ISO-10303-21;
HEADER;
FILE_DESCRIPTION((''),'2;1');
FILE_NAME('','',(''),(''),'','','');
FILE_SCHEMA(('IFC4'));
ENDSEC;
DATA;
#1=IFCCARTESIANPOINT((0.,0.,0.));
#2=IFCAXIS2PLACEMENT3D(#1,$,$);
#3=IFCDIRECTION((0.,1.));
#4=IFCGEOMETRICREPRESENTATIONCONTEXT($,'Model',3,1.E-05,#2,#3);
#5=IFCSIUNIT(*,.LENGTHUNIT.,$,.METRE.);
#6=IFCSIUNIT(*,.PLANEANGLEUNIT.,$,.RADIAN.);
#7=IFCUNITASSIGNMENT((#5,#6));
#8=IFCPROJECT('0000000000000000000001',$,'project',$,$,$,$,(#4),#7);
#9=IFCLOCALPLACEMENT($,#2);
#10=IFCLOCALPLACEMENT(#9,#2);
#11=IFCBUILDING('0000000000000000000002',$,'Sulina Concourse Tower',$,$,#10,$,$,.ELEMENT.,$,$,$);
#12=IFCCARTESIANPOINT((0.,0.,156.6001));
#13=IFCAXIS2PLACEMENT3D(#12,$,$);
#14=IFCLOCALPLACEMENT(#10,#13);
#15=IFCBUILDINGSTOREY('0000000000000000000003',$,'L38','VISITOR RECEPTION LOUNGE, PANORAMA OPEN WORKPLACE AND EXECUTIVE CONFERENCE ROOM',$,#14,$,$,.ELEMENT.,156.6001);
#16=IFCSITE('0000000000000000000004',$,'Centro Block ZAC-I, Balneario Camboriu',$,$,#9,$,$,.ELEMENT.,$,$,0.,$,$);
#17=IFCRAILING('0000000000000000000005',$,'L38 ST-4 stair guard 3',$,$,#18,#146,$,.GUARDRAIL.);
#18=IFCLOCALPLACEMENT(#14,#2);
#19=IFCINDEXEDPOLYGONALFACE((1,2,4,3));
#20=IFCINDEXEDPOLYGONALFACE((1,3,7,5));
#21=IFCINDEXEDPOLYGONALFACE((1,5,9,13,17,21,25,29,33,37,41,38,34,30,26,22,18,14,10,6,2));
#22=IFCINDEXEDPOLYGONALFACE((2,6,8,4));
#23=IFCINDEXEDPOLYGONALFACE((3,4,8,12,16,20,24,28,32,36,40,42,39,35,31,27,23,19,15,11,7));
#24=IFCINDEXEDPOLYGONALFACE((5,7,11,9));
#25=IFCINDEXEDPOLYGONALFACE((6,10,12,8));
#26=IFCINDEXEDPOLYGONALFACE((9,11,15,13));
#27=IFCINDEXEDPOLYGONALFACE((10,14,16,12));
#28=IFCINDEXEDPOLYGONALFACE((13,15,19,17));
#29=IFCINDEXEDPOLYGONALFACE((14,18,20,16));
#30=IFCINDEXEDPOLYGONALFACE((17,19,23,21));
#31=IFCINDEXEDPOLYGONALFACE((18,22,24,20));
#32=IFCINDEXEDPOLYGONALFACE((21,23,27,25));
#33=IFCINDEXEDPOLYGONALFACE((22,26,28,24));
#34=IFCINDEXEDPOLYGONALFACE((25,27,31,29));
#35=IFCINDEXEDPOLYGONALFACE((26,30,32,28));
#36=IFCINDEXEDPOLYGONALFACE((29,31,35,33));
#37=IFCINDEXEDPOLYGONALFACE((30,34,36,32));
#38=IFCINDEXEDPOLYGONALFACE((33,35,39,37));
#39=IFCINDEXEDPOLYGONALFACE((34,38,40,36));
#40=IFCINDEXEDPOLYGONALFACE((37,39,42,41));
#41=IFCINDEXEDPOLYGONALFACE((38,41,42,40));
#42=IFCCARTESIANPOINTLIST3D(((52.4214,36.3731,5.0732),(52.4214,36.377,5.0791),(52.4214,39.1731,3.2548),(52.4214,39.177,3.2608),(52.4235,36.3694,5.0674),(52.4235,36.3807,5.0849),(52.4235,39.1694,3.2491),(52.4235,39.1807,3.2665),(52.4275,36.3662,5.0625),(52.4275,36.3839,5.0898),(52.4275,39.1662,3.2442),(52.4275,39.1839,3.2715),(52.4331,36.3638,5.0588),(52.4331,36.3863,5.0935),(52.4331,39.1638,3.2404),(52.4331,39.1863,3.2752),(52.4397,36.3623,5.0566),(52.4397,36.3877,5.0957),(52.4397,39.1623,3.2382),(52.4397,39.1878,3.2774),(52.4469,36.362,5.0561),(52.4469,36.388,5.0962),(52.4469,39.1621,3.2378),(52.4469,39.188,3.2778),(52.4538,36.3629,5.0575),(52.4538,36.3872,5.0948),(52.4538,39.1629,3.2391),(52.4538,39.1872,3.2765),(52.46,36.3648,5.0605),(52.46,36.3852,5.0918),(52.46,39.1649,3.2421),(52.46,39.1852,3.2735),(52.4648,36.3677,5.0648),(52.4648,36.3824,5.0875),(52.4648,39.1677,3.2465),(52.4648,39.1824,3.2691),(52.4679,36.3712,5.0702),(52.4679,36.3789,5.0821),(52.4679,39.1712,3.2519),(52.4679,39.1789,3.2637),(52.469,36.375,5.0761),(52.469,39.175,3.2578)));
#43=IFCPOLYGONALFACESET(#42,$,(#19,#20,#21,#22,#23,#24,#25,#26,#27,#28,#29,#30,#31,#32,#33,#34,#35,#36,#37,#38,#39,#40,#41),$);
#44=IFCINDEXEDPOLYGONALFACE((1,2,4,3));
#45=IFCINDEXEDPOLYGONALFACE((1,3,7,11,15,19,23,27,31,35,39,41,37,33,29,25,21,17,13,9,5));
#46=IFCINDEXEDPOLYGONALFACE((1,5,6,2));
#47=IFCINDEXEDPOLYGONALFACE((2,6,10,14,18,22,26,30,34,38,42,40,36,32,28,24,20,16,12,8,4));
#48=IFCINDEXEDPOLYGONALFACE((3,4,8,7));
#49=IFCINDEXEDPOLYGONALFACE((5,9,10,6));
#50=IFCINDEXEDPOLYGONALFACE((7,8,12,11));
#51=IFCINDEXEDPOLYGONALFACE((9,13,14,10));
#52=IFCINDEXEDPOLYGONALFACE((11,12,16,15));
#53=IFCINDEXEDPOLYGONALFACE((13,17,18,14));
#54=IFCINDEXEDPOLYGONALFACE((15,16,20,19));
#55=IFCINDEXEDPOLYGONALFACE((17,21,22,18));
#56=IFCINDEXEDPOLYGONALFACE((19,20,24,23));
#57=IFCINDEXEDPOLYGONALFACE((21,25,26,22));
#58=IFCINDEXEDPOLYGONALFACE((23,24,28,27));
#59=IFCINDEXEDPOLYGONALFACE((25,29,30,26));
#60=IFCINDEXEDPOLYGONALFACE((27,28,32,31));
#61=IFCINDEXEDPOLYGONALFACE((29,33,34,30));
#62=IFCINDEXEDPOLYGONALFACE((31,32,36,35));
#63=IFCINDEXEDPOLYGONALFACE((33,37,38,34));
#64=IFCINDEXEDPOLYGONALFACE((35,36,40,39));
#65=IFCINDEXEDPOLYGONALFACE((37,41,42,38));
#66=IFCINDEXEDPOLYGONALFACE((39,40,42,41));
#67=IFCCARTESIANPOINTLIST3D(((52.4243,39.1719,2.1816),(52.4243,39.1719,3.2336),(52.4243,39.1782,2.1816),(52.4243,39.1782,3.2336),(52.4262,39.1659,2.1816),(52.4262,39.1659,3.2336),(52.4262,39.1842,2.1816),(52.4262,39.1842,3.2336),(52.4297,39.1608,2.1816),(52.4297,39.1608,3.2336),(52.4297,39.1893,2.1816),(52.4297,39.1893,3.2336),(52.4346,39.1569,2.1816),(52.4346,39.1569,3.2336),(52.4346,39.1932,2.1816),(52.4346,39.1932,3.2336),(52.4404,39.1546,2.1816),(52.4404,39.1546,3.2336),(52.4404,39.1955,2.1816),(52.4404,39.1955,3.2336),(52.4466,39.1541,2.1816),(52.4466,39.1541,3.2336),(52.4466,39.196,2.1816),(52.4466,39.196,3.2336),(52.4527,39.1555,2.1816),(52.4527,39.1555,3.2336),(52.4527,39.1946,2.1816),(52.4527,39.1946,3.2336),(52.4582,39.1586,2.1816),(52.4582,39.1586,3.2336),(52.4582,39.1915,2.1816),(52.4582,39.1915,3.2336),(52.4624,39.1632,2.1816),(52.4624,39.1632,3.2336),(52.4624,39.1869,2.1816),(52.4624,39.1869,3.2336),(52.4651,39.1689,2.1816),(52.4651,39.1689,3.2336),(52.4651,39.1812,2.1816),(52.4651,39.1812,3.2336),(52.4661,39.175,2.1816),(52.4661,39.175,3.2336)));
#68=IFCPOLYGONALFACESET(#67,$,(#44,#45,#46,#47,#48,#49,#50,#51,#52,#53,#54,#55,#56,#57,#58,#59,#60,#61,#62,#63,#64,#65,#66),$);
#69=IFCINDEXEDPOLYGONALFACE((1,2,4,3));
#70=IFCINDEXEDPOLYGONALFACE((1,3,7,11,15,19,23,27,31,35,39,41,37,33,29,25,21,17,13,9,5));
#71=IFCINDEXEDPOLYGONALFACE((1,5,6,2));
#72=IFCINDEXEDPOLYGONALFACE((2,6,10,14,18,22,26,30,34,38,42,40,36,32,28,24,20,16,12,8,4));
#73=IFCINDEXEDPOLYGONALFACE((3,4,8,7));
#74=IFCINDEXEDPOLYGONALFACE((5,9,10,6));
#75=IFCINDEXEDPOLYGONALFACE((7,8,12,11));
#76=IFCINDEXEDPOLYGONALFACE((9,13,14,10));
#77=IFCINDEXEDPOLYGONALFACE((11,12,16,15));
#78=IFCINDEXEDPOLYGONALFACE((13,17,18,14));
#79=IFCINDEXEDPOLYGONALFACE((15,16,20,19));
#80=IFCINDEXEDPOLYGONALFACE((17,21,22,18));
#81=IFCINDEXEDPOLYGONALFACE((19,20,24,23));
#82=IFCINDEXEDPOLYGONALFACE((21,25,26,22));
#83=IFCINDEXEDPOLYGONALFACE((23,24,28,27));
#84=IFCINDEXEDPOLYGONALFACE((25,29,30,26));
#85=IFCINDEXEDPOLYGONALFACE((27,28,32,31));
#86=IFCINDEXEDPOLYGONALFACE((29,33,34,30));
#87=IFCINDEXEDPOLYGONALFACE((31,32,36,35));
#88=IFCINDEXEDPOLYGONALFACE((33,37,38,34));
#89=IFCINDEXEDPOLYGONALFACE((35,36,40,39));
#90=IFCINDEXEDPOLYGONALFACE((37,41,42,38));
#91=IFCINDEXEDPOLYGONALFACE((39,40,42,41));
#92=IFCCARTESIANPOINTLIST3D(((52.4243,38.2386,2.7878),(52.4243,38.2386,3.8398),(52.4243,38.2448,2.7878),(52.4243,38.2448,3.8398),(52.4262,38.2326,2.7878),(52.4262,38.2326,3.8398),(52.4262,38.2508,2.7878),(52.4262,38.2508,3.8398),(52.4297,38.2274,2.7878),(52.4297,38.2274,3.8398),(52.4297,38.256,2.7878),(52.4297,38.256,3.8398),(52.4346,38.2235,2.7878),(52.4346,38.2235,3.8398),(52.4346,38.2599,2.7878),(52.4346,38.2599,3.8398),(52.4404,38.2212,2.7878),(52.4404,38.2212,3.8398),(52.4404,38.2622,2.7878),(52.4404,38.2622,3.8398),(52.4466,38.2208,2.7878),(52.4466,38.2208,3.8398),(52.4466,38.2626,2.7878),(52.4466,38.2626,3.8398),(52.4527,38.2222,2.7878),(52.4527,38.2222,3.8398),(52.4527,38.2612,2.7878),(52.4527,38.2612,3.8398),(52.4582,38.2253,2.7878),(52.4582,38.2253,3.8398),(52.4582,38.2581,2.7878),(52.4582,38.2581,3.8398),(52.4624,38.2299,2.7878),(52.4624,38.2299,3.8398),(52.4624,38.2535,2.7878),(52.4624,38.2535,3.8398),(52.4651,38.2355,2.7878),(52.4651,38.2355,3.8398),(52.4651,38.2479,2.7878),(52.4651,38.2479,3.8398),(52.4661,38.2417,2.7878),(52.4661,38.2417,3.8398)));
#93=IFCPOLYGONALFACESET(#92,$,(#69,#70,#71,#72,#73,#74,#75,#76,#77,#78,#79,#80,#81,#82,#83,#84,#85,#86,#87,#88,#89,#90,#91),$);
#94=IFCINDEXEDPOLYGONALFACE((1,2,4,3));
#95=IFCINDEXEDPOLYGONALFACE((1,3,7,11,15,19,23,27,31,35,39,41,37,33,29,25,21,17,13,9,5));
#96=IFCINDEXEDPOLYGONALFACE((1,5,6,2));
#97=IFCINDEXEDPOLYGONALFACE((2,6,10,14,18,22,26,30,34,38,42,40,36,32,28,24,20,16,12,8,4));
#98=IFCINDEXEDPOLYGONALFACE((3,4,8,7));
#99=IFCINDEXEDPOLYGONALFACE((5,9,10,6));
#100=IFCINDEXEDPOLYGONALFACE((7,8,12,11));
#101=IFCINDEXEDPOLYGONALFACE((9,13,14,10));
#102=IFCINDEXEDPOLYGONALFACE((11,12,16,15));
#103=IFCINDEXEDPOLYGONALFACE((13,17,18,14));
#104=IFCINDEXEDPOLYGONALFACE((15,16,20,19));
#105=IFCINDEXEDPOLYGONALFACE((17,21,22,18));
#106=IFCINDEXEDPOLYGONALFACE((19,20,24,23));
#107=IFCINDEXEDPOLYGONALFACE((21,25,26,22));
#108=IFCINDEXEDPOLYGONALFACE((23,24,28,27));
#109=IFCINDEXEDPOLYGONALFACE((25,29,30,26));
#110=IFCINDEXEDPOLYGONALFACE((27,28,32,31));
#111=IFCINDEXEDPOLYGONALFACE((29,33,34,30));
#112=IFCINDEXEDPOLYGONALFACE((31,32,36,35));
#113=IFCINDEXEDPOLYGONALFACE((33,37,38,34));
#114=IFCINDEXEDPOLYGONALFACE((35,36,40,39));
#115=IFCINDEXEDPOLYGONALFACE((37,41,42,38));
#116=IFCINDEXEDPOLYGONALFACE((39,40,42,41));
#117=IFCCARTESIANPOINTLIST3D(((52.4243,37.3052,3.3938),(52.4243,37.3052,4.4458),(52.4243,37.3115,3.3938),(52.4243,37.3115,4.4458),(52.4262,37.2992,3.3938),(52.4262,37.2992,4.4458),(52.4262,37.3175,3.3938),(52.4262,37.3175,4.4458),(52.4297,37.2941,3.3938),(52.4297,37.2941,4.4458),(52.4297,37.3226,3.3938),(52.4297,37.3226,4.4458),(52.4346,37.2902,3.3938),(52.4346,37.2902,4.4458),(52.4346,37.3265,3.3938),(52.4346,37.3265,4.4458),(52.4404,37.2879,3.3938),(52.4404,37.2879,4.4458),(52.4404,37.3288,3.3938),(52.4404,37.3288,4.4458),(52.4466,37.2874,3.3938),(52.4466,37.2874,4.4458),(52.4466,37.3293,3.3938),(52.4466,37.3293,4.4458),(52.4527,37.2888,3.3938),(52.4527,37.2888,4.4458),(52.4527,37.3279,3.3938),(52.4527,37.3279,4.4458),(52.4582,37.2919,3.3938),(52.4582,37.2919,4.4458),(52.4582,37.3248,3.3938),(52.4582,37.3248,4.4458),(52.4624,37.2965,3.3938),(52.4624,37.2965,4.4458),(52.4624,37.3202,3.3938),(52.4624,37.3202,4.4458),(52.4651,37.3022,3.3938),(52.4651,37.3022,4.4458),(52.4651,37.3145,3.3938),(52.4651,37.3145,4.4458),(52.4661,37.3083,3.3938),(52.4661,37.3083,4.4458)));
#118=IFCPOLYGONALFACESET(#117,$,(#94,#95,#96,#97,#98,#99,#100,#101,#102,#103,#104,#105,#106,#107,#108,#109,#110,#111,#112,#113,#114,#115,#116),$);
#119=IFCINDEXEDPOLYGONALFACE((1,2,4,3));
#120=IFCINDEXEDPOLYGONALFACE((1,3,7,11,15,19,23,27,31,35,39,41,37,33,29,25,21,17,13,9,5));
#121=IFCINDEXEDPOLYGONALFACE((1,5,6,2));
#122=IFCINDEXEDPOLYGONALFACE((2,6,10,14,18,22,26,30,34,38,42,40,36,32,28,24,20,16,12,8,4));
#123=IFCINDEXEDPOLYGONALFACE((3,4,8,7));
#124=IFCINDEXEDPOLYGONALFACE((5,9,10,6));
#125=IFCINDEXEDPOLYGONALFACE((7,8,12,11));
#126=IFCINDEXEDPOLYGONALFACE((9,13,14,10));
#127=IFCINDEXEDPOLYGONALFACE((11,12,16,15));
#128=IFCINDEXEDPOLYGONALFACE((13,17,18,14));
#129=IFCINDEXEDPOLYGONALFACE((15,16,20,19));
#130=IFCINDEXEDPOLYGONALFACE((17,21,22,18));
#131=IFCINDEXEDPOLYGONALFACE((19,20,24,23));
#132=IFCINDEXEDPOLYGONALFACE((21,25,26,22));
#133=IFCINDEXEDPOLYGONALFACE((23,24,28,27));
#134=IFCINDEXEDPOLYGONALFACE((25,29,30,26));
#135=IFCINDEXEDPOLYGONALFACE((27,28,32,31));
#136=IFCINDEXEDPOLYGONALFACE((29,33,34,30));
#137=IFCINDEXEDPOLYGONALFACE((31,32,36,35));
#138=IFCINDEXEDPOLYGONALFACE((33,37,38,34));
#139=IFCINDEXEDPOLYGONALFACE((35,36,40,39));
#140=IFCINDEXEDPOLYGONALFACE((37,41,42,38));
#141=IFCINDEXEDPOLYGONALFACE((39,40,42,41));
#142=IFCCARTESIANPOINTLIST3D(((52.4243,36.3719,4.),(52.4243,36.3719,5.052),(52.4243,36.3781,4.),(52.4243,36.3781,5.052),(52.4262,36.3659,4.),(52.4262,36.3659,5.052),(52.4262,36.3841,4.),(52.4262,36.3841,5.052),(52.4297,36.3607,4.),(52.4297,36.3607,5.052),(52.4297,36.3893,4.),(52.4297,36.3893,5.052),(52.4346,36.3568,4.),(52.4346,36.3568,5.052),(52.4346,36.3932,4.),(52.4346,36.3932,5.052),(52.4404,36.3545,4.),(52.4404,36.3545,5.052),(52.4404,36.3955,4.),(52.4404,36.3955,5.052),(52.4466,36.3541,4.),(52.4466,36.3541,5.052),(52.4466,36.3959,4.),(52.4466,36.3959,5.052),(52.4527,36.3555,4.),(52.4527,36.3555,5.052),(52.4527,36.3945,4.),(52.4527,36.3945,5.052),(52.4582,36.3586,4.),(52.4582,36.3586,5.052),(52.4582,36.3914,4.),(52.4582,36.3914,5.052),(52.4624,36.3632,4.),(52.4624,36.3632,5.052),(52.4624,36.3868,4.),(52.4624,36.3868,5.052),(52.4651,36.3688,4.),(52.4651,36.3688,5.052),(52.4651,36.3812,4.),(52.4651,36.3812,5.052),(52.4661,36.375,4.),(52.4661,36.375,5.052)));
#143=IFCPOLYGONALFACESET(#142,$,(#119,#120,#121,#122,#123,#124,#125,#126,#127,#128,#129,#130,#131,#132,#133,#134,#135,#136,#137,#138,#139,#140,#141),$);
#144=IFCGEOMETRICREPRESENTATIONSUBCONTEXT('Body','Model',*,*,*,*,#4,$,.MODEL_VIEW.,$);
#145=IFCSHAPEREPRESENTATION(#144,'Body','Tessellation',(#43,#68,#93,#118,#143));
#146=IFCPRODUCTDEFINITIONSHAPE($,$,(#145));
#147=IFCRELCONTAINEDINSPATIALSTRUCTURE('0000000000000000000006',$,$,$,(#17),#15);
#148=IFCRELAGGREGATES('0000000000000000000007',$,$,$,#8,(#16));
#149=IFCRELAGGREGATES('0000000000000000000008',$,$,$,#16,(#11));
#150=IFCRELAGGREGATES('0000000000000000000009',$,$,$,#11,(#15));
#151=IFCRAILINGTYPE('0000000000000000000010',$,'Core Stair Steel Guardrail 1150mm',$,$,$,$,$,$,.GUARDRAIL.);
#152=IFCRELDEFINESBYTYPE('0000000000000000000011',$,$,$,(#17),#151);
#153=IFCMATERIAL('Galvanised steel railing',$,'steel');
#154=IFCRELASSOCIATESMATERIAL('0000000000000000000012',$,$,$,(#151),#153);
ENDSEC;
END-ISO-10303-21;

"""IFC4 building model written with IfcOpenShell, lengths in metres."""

from ifc_helpers import new_model, si_unit, direction, frame, origin, origin_2d, place, context, subcontext, project, spatial, circle, extrude, material, type_object, element, save


model = new_model("IFC4")

# Units and contexts
model_context = context("Model", 3, precision=1e-05, world=origin(), true_north=direction((0.0, 1.0)))
body_context = subcontext(model_context, "Body", "Model", "MODEL_VIEW")
ifc_project = project(units=[si_unit("LENGTHUNIT", "METRE"), si_unit("PLANEANGLEUNIT", "RADIAN")], contexts=[model_context])

# Site, building, storey
site_placement = place(None, origin())
site = spatial("IfcSite", under=ifc_project, at=site_placement, Name="Centro Block ZAC-I, Balneario Camboriu", CompositionType="ELEMENT", RefElevation=0.0)
building_placement = place(site_placement, origin())
building = spatial("IfcBuilding", under=site, at=building_placement, Name="Sulina Concourse Tower", CompositionType="ELEMENT")
storey_placement = place(building_placement, frame((0.0, 0.0, 156.6001)))
storey = spatial("IfcBuildingStorey", under=building, at=storey_placement, Name="L38", Description="VISITOR RECEPTION LOUNGE, PANORAMA OPEN WORKPLACE AND EXECUTIVE CONFERENCE ROOM", CompositionType="ELEMENT", Elevation=156.6001)

# Railing
ifc_material_1 = material(Name="Galvanised steel railing", Category="steel")
railing_type_1 = type_object("IfcRailingType", Name="Core Stair Steel Guardrail 1150mm", PredefinedType="GUARDRAIL", material=ifc_material_1)
railing_1_placement = place(storey_placement, frame((52.4451, 39.175, 2.1816)))
element("IfcRailing", 1, at=railing_1_placement, inside=storey, type_object=railing_type_1, Name="L38 ST-4 stair guard 3", PredefinedType="GUARDRAIL", context=body_context, shape_type="SweptSolid", body=[
    extrude(circle(Radius=0.0239, at=origin_2d()), frame((0.0, 0.0, 1.0762), z_axis=(0.0, -0.838672, 0.544636), x_axis=(1.0, 0.0, 0.0)), (0.0, 0.0, 1.0), 3.3386),
    extrude(circle(Radius=0.021, at=origin_2d()), origin(), (0.0, 0.0, 1.0), 1.052),
    extrude(circle(Radius=0.021, at=origin_2d()), frame((0.0, -0.9333, 0.6062)), (0.0, 0.0, 1.0), 1.052),
    extrude(circle(Radius=0.021, at=origin_2d()), frame((0.0, -1.8667, 1.2122)), (0.0, 0.0, 1.0), 1.052),
    extrude(circle(Radius=0.021, at=origin_2d()), frame((0.0, -2.8, 1.8184)), (0.0, 0.0, 1.0), 1.052),
])

save(model, "model.ifc")
